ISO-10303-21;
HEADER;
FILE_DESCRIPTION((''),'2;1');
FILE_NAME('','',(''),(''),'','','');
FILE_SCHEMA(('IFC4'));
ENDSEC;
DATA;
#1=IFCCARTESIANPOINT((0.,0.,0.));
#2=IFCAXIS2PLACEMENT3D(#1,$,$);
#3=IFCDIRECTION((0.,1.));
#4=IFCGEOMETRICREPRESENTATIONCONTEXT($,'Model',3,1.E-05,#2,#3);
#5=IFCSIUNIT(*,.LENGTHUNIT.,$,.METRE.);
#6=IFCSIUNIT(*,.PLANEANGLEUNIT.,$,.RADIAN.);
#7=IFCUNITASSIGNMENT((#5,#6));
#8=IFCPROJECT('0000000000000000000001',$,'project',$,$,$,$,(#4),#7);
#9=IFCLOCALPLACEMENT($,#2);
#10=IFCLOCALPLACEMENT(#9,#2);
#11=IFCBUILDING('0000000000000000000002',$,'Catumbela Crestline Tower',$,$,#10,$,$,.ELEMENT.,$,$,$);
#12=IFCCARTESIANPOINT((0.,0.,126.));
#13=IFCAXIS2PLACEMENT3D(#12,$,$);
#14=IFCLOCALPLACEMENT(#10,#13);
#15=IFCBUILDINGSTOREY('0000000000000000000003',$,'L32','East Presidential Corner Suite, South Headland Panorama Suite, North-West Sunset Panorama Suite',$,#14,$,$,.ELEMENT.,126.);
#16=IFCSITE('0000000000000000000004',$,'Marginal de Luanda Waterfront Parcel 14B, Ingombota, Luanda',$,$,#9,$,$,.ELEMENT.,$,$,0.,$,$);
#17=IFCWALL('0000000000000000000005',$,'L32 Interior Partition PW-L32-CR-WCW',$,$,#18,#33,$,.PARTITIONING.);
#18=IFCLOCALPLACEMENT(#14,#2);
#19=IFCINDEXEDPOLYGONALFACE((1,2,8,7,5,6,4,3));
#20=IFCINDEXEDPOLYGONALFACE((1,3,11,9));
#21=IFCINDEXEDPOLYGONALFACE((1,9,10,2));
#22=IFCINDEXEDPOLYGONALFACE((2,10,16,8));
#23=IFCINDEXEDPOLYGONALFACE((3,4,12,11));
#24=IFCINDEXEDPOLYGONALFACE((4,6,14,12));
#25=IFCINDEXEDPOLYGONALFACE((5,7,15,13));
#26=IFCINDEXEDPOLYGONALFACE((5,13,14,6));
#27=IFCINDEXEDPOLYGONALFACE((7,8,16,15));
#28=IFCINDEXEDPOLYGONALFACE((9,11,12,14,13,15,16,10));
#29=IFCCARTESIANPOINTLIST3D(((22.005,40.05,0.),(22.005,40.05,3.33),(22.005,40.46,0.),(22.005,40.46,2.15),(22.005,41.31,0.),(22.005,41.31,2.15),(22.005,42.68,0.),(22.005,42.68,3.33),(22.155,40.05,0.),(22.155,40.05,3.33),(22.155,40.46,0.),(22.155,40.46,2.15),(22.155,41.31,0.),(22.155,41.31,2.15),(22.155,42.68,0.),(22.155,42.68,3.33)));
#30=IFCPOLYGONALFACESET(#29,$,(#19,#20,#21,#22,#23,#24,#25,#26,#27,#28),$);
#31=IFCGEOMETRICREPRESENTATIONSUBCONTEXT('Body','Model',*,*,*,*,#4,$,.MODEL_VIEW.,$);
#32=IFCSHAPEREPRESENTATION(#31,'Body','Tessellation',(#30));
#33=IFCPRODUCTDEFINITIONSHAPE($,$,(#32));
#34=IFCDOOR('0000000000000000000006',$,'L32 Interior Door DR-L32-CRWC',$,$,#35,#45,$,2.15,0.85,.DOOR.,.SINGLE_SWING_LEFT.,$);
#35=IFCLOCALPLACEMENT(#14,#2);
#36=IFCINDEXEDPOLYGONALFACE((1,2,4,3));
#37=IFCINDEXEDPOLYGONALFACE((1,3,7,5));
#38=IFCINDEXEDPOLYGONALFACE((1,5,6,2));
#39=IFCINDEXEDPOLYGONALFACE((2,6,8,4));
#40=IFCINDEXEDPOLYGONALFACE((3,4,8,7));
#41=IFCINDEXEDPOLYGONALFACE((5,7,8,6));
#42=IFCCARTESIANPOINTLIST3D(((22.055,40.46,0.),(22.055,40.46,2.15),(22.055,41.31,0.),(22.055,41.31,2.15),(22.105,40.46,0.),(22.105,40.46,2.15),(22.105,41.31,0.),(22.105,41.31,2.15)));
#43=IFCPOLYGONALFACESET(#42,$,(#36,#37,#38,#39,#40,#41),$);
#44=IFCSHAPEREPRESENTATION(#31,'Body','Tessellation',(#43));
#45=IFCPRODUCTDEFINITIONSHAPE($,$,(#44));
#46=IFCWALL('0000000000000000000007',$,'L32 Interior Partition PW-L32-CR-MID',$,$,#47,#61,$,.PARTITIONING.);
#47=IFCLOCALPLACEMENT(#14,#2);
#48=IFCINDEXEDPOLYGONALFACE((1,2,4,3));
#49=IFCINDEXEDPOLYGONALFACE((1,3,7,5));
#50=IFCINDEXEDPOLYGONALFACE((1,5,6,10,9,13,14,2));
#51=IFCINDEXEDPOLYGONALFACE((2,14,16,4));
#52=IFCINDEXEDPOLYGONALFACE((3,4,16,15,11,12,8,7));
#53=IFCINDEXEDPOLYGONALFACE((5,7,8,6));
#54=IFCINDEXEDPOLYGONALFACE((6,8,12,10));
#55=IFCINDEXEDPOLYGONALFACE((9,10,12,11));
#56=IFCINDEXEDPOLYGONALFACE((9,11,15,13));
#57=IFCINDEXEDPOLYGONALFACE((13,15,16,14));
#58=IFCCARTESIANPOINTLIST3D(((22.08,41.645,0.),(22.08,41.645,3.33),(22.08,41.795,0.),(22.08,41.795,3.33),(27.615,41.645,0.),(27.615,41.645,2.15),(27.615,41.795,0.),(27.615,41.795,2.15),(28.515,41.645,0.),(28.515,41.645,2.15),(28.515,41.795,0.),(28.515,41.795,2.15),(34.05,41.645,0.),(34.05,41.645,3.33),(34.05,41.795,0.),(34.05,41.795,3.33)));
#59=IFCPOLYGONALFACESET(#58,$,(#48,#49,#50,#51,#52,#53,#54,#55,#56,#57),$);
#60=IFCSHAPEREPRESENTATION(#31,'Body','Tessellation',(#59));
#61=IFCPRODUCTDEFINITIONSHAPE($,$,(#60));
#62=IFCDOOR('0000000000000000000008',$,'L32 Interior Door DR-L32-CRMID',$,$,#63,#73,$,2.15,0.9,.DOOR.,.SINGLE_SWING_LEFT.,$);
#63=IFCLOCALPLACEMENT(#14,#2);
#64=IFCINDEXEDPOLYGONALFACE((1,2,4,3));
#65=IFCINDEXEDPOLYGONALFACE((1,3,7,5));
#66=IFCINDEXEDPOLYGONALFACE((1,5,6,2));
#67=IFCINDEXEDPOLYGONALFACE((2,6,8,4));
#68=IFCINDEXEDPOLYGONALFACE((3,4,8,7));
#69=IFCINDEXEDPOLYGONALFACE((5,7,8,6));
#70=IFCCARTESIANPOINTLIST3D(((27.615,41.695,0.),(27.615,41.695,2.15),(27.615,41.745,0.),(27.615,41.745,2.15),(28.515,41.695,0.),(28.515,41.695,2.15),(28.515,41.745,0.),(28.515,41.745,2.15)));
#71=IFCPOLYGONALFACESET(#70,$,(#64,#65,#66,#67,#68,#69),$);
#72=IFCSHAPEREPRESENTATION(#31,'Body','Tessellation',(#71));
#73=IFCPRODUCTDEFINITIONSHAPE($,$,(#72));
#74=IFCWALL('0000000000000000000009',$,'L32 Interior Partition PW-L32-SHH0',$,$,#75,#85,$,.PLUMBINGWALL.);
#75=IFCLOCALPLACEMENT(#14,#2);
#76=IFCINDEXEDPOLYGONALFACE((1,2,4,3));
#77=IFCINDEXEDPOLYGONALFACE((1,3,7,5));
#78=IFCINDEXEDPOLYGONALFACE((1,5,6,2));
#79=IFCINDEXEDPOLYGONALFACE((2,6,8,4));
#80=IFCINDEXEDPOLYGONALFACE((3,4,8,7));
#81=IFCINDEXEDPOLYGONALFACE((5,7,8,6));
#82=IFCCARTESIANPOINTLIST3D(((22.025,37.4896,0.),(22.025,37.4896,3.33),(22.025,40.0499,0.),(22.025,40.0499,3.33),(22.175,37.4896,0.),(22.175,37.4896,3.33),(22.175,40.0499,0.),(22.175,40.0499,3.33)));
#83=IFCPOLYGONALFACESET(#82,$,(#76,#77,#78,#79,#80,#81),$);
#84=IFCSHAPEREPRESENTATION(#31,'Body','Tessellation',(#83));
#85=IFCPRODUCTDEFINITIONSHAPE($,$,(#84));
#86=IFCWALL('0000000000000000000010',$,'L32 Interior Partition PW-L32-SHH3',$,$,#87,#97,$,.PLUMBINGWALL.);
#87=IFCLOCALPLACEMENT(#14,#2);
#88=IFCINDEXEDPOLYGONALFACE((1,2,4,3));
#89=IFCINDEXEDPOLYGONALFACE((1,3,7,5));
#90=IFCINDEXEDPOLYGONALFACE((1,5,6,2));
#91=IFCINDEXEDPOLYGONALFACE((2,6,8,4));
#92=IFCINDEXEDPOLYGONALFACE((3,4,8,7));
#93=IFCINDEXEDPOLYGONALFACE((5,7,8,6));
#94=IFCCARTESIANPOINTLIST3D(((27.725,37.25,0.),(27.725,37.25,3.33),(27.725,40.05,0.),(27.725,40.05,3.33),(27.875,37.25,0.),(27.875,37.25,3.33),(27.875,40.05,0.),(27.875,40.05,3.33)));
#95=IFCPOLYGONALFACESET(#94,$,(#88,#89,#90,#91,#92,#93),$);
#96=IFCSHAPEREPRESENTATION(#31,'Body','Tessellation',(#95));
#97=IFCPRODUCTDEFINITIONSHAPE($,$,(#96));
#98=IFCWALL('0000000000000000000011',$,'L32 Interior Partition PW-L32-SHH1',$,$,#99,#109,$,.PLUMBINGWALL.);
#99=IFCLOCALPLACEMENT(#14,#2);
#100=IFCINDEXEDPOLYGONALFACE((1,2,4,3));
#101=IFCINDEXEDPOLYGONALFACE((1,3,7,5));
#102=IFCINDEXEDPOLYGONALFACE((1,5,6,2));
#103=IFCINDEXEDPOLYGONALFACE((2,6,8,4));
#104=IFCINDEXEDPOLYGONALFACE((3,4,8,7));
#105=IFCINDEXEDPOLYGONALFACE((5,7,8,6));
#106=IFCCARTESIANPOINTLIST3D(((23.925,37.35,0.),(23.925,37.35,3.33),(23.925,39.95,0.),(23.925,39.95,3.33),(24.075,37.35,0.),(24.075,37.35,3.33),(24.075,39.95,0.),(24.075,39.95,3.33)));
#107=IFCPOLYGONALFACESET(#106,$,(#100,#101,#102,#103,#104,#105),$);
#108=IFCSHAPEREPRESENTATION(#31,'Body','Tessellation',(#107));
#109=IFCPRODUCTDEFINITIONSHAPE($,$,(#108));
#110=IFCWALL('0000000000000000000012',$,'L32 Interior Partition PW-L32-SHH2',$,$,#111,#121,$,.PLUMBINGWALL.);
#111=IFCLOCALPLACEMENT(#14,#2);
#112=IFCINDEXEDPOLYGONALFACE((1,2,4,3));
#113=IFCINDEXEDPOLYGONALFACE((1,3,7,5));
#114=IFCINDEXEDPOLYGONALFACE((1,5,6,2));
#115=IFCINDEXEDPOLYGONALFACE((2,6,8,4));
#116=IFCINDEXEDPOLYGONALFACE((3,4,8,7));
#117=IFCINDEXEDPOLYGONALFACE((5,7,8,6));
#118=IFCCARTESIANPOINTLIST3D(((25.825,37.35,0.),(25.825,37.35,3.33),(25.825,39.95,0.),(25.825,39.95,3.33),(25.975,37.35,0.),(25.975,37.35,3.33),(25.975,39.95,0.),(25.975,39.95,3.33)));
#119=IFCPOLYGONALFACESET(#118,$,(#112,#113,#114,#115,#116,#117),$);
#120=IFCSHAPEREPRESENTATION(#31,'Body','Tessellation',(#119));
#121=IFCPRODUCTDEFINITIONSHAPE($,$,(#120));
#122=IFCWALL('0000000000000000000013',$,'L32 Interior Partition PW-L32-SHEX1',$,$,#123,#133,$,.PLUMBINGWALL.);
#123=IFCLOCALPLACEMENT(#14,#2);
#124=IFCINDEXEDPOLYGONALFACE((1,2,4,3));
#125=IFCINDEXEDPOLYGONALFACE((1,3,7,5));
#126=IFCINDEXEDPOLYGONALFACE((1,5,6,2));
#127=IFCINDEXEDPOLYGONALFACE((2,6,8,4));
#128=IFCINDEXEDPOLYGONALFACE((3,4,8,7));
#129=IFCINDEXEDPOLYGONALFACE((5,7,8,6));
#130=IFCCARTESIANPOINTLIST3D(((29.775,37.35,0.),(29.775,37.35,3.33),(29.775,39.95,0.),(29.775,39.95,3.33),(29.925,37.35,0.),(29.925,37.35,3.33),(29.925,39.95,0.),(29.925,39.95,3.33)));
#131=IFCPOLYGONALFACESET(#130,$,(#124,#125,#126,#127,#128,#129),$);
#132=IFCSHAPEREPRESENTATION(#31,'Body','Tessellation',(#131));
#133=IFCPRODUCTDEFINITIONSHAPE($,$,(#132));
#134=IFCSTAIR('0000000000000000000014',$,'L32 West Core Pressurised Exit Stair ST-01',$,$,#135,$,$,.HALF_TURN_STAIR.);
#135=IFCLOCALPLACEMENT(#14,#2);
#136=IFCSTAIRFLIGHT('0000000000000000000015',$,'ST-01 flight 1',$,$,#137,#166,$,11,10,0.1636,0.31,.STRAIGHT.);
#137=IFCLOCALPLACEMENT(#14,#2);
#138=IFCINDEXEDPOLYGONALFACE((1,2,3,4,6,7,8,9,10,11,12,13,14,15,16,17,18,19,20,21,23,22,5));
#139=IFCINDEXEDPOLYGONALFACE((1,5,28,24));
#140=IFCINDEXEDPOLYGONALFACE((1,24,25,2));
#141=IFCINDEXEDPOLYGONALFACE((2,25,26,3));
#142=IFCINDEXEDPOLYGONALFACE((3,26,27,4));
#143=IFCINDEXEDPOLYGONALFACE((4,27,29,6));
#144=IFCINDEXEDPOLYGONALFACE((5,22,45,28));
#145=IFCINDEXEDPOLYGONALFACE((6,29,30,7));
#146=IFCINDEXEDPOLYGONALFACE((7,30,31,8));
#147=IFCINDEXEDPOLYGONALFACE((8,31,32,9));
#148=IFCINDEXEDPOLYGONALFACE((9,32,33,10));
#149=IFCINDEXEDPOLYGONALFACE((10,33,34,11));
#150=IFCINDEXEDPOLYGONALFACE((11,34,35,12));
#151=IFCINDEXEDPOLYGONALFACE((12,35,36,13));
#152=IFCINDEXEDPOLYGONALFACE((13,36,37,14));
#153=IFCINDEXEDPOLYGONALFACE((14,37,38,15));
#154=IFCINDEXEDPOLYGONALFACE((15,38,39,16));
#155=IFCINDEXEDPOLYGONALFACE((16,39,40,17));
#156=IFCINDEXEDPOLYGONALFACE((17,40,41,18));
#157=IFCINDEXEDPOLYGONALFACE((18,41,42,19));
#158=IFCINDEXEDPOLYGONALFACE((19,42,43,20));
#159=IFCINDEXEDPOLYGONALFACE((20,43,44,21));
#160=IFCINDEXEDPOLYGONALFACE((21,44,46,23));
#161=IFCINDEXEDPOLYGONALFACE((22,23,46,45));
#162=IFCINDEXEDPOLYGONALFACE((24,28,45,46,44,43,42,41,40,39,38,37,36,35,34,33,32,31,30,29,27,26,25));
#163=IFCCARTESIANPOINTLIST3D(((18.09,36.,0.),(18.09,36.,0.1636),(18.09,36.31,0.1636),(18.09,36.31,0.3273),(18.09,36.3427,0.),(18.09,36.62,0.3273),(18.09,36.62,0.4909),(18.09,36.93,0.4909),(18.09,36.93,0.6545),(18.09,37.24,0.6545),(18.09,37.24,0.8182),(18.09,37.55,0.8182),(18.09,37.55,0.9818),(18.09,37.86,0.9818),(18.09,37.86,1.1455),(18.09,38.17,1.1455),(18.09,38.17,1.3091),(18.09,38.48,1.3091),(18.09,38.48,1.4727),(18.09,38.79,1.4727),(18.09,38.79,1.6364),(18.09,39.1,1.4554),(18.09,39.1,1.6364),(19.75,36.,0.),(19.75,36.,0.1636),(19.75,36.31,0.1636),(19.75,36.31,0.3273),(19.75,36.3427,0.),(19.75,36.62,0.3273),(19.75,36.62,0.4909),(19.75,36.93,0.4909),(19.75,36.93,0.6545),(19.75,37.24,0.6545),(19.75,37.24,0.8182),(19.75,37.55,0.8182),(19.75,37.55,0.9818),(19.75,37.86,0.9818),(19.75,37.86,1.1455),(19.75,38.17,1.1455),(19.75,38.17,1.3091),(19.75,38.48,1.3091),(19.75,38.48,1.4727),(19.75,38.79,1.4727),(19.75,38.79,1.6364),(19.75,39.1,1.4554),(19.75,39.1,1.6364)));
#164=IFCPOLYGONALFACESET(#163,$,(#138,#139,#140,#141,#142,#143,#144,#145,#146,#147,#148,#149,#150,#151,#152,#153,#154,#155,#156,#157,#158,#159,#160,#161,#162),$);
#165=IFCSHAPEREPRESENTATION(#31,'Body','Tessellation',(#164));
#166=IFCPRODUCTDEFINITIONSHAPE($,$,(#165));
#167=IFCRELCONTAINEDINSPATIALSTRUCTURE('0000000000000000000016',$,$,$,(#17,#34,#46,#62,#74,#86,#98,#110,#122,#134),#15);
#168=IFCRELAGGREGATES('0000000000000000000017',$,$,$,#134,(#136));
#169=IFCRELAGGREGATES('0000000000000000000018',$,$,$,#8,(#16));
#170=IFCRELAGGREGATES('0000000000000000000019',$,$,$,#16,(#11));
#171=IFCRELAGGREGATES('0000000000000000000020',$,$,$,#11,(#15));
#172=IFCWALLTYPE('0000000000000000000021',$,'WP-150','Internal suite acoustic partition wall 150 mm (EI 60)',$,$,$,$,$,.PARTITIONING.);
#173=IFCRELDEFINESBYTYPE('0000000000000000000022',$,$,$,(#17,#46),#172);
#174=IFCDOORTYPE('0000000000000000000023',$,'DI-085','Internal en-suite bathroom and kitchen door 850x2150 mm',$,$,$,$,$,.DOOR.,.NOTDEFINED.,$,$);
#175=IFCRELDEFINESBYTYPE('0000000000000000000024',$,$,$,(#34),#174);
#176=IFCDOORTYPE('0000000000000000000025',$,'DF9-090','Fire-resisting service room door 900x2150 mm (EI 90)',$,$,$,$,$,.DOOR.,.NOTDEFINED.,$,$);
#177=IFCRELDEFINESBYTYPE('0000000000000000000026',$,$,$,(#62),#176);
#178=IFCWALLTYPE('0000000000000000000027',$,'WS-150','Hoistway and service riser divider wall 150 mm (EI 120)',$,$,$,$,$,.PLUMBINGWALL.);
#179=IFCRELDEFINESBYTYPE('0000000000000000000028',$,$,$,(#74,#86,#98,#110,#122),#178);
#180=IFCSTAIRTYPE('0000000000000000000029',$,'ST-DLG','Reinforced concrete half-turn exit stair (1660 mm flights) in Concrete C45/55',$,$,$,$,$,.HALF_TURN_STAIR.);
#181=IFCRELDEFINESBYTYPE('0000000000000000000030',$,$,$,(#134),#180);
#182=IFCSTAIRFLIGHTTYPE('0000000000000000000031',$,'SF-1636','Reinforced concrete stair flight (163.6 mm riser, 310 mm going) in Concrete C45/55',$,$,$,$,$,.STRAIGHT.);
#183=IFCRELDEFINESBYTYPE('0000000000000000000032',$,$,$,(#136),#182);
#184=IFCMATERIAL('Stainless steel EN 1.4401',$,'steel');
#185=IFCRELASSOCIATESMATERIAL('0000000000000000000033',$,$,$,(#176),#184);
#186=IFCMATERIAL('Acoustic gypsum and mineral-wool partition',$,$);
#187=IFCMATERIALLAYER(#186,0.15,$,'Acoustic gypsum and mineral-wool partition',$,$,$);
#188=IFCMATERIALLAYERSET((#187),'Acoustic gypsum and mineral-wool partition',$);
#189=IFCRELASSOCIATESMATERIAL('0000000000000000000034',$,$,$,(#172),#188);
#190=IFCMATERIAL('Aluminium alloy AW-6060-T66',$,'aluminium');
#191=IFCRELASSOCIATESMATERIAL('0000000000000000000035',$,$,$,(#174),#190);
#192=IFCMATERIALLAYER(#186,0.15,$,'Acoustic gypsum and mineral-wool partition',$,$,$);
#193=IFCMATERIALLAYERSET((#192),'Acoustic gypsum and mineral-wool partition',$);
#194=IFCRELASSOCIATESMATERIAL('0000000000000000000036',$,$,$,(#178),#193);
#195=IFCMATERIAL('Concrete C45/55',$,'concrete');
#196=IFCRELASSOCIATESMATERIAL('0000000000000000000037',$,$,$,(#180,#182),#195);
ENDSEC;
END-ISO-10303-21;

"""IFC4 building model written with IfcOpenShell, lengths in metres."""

from ifc_helpers import new_model, si_unit, direction, frame, frame_2d, origin, place, context, subcontext, project, spatial, polyline, rectangle, outline, extrude, material, layer, layer_set, type_object, element, fill, aggregate, save


model = new_model("IFC4")

# Units and contexts
model_context = context("Model", 3, precision=1e-05, world=origin(), true_north=direction((0.0, 1.0)))
body_context = subcontext(model_context, "Body", "Model", "MODEL_VIEW")
ifc_project = project(units=[si_unit("LENGTHUNIT", "METRE"), si_unit("PLANEANGLEUNIT", "RADIAN")], contexts=[model_context])

# Site, building, storey
site_placement = place(None, origin())
site = spatial("IfcSite", under=ifc_project, at=site_placement, Name="Marginal de Luanda Waterfront Parcel 14B, Ingombota, Luanda", CompositionType="ELEMENT", RefElevation=0.0)
building_placement = place(site_placement, origin())
building = spatial("IfcBuilding", under=site, at=building_placement, Name="Catumbela Crestline Tower", CompositionType="ELEMENT")
storey_placement = place(building_placement, frame((0.0, 0.0, 126.0)))
storey = spatial("IfcBuildingStorey", under=building, at=storey_placement, Name="L32", Description="East Presidential Corner Suite, South Headland Panorama Suite, North-West Sunset Panorama Suite", CompositionType="ELEMENT", Elevation=126.0)

# Shared definitions
ifc_material_1 = material(Name="Aluminium alloy AW-6060-T66", Category="aluminium")

# Shared definitions
ifc_material_2 = material(Name="Stainless steel EN 1.4401", Category="steel")

# Shared definitions
door_type_1 = type_object("IfcDoorType", Name="DF9-090", Description="Fire-resisting service room door 900x2150 mm (EI 90)", OperationType="NOTDEFINED", PredefinedType="DOOR", material=ifc_material_2)

# Walls, openings, doors
ifc_material_3 = material(Name="Acoustic gypsum and mineral-wool partition")
ifc_layer_1 = layer(ifc_material_3, 0.15, Name="Acoustic gypsum and mineral-wool partition")
ifc_layer_set_1 = layer_set([ifc_layer_1], Name="Acoustic gypsum and mineral-wool partition")
wall_type_1 = type_object("IfcWallType", Name="WP-150", Description="Internal suite acoustic partition wall 150 mm (EI 60)", PredefinedType="PARTITIONING", material=ifc_layer_set_1)
wall_1_placement = place(storey_placement, frame((22.08, 40.05, 0.0), z_axis=(0.0, 0.0, 1.0), x_axis=(0.0, 1.0, 0.0)))
wall_1 = element("IfcWall", 1, at=wall_1_placement, inside=storey, type_object=wall_type_1, Name="L32 Interior Partition PW-L32-CR-WCW", PredefinedType="PARTITIONING", context=body_context, shape_type="SweptSolid", body=[
    extrude(rectangle(XDim=2.63, YDim=0.15, at=frame_2d((1.315, 0.0))), origin(), (0.0, 0.0, 1.0), 3.33),
])
opening_1_placement = place(wall_1_placement, frame((0.41, 0.0, 0.0)))
opening_1 = element("IfcOpeningElement", 2, at=opening_1_placement, cuts=wall_1, PredefinedType="OPENING", context=body_context, shape_type="SweptSolid", body=[
    extrude(rectangle(XDim=0.85, YDim=2.15, at=frame_2d((0.425, 1.075))), frame((0.0, 0.085, 0.0), z_axis=(0.0, -1.0, 0.0), x_axis=(1.0, 0.0, 0.0)), (0.0, 0.0, 1.0), 0.17),
])
door_type_2 = type_object("IfcDoorType", Name="DI-085", Description="Internal en-suite bathroom and kitchen door 850x2150 mm", OperationType="NOTDEFINED", PredefinedType="DOOR", material=ifc_material_1)
door_1_placement = place(opening_1_placement, origin())
door_1 = element("IfcDoor", 3, at=door_1_placement, inside=storey, type_object=door_type_2, Name="L32 Interior Door DR-L32-CRWC", OperationType="SINGLE_SWING_LEFT", OverallHeight=2.15, OverallWidth=0.85, PredefinedType="DOOR", context=body_context, shape_type="SweptSolid", body=[
    extrude(rectangle(XDim=0.85, YDim=2.15, at=frame_2d((0.425, 1.075))), frame((0.0, 0.025, 0.0), z_axis=(0.0, -1.0, 0.0), x_axis=(1.0, 0.0, 0.0)), (0.0, 0.0, 1.0), 0.05),
])
fill(opening_1, door_1)
wall_2_placement = place(storey_placement, frame((22.08, 41.72, 0.0), z_axis=(0.0, 0.0, 1.0), x_axis=(1.0, 0.0, 0.0)))
wall_2 = element("IfcWall", 4, at=wall_2_placement, inside=storey, type_object=wall_type_1, Name="L32 Interior Partition PW-L32-CR-MID", PredefinedType="PARTITIONING", context=body_context, shape_type="SweptSolid", body=[
    extrude(rectangle(XDim=11.97, YDim=0.15, at=frame_2d((5.985, 0.0))), origin(), (0.0, 0.0, 1.0), 3.33),
])
opening_2_placement = place(wall_2_placement, frame((5.535, 0.0, 0.0)))
opening_2 = element("IfcOpeningElement", 5, at=opening_2_placement, cuts=wall_2, PredefinedType="OPENING", context=body_context, shape_type="SweptSolid", body=[
    extrude(rectangle(XDim=0.9, YDim=2.15, at=frame_2d((0.45, 1.075))), frame((0.0, 0.085, 0.0), z_axis=(0.0, -1.0, 0.0), x_axis=(1.0, 0.0, 0.0)), (0.0, 0.0, 1.0), 0.17),
])
door_2_placement = place(opening_2_placement, origin())
door_2 = element("IfcDoor", 6, at=door_2_placement, inside=storey, type_object=door_type_1, Name="L32 Interior Door DR-L32-CRMID", OperationType="SINGLE_SWING_LEFT", OverallHeight=2.15, OverallWidth=0.9, PredefinedType="DOOR", context=body_context, shape_type="SweptSolid", body=[
    extrude(rectangle(XDim=0.9, YDim=2.15, at=frame_2d((0.45, 1.075))), frame((0.0, 0.025, 0.0), z_axis=(0.0, -1.0, 0.0), x_axis=(1.0, 0.0, 0.0)), (0.0, 0.0, 1.0), 0.05),
])
fill(opening_2, door_2)

# Walls
ifc_layer_2 = layer(ifc_material_3, 0.15, Name="Acoustic gypsum and mineral-wool partition")
ifc_layer_set_2 = layer_set([ifc_layer_2], Name="Acoustic gypsum and mineral-wool partition")
wall_type_2 = type_object("IfcWallType", Name="WS-150", Description="Hoistway and service riser divider wall 150 mm (EI 120)", PredefinedType="PLUMBINGWALL", material=ifc_layer_set_2)
wall_3_placement = place(storey_placement, frame((22.1, 37.4897, 0.0), z_axis=(0.0, 0.0, 1.0), x_axis=(0.0, 1.0, 0.0)))
element("IfcWall", 7, at=wall_3_placement, inside=storey, type_object=wall_type_2, Name="L32 Interior Partition PW-L32-SHH0", PredefinedType="PLUMBINGWALL", context=body_context, shape_type="SweptSolid", body=[
    extrude(rectangle(XDim=2.5603, YDim=0.15, at=frame_2d((1.2801, 0.0))), origin(), (0.0, 0.0, 1.0), 3.33),
])
wall_4_placement = place(storey_placement, frame((27.8, 37.25, 0.0), z_axis=(0.0, 0.0, 1.0), x_axis=(0.0, 1.0, 0.0)))
element("IfcWall", 8, at=wall_4_placement, inside=storey, type_object=wall_type_2, Name="L32 Interior Partition PW-L32-SHH3", PredefinedType="PLUMBINGWALL", context=body_context, shape_type="SweptSolid", body=[
    extrude(rectangle(XDim=2.8, YDim=0.15, at=frame_2d((1.4, 0.0))), origin(), (0.0, 0.0, 1.0), 3.33),
])
for number, where, z_axis, x_axis, name in (
    (9, (24.0, 37.35, 0.0), (0.0, 0.0, 1.0), (0.0, 1.0, 0.0), "L32 Interior Partition PW-L32-SHH1"),
    (10, (25.9, 37.35, 0.0), (0.0, 0.0, 1.0), (0.0, 1.0, 0.0), "L32 Interior Partition PW-L32-SHH2"),
    (11, (29.85, 37.35, 0.0), (0.0, 0.0, 1.0), (0.0, 1.0, 0.0), "L32 Interior Partition PW-L32-SHEX1"),
):
    element("IfcWall", number, at=place(storey_placement, frame(where, z_axis=z_axis, x_axis=x_axis)), inside=storey, type_object=wall_type_2, Name=name, PredefinedType="PLUMBINGWALL", context=body_context, shape_type="SweptSolid", body=[
        extrude(rectangle(XDim=2.6, YDim=0.15, at=frame_2d((1.3, 0.0))), origin(), (0.0, 0.0, 1.0), 3.33),
    ])

# Stair, stair flight
ifc_material_4 = material(Name="Concrete C45/55", Category="concrete")
stair_type = type_object("IfcStairType", Name="ST-DLG", Description="Reinforced concrete half-turn exit stair (1660 mm flights) in Concrete C45/55", PredefinedType="HALF_TURN_STAIR", material=ifc_material_4)
stair_placement = place(storey_placement, origin())
stair = element("IfcStair", 12, at=stair_placement, inside=storey, type_object=stair_type, Name="L32 West Core Pressurised Exit Stair ST-01", PredefinedType="HALF_TURN_STAIR")
stair_flight_type = type_object("IfcStairFlightType", Name="SF-1636", Description="Reinforced concrete stair flight (163.6 mm riser, 310 mm going) in Concrete C45/55", PredefinedType="STRAIGHT", material=ifc_material_4)
stair_flight_placement = place(storey_placement, frame((18.92, 36.0, 0.0), z_axis=(0.0, 0.0, 1.0), x_axis=(0.0, 1.0, 0.0)))
stair_flight = element("IfcStairFlight", 13, at=stair_flight_placement, type_object=stair_flight_type, Name="ST-01 flight 1", NumberOfRisers=11, NumberOfTreads=10, PredefinedType="STRAIGHT", RiserHeight=0.1636, TreadLength=0.31, context=body_context, shape_type="SweptSolid", body=[
    extrude(outline(polyline([(0.0, 0.0), (0.0, 0.1636), (0.31, 0.1636), (0.31, 0.3273), (0.62, 0.3273), (0.62, 0.4909), (0.93, 0.4909), (0.93, 0.6545), (1.24, 0.6545), (1.24, 0.8182), (1.55, 0.8182), (1.55, 0.9818), (1.86, 0.9818), (1.86, 1.1455), (2.17, 1.1455), (2.17, 1.3091), (2.48, 1.3091), (2.48, 1.4727), (2.79, 1.4727), (2.79, 1.6364), (3.1, 1.6364), (3.1, 1.8), (3.1, 1.4554), (0.3427, 0.0), (0.0, 0.0)])), frame((0.0, 0.83, 0.0), z_axis=(0.0, -1.0, 0.0), x_axis=(1.0, 0.0, 0.0)), (0.0, 0.0, 1.0), 1.66),
])
aggregate(stair, [stair_flight])

save(model, "model.ifc")
